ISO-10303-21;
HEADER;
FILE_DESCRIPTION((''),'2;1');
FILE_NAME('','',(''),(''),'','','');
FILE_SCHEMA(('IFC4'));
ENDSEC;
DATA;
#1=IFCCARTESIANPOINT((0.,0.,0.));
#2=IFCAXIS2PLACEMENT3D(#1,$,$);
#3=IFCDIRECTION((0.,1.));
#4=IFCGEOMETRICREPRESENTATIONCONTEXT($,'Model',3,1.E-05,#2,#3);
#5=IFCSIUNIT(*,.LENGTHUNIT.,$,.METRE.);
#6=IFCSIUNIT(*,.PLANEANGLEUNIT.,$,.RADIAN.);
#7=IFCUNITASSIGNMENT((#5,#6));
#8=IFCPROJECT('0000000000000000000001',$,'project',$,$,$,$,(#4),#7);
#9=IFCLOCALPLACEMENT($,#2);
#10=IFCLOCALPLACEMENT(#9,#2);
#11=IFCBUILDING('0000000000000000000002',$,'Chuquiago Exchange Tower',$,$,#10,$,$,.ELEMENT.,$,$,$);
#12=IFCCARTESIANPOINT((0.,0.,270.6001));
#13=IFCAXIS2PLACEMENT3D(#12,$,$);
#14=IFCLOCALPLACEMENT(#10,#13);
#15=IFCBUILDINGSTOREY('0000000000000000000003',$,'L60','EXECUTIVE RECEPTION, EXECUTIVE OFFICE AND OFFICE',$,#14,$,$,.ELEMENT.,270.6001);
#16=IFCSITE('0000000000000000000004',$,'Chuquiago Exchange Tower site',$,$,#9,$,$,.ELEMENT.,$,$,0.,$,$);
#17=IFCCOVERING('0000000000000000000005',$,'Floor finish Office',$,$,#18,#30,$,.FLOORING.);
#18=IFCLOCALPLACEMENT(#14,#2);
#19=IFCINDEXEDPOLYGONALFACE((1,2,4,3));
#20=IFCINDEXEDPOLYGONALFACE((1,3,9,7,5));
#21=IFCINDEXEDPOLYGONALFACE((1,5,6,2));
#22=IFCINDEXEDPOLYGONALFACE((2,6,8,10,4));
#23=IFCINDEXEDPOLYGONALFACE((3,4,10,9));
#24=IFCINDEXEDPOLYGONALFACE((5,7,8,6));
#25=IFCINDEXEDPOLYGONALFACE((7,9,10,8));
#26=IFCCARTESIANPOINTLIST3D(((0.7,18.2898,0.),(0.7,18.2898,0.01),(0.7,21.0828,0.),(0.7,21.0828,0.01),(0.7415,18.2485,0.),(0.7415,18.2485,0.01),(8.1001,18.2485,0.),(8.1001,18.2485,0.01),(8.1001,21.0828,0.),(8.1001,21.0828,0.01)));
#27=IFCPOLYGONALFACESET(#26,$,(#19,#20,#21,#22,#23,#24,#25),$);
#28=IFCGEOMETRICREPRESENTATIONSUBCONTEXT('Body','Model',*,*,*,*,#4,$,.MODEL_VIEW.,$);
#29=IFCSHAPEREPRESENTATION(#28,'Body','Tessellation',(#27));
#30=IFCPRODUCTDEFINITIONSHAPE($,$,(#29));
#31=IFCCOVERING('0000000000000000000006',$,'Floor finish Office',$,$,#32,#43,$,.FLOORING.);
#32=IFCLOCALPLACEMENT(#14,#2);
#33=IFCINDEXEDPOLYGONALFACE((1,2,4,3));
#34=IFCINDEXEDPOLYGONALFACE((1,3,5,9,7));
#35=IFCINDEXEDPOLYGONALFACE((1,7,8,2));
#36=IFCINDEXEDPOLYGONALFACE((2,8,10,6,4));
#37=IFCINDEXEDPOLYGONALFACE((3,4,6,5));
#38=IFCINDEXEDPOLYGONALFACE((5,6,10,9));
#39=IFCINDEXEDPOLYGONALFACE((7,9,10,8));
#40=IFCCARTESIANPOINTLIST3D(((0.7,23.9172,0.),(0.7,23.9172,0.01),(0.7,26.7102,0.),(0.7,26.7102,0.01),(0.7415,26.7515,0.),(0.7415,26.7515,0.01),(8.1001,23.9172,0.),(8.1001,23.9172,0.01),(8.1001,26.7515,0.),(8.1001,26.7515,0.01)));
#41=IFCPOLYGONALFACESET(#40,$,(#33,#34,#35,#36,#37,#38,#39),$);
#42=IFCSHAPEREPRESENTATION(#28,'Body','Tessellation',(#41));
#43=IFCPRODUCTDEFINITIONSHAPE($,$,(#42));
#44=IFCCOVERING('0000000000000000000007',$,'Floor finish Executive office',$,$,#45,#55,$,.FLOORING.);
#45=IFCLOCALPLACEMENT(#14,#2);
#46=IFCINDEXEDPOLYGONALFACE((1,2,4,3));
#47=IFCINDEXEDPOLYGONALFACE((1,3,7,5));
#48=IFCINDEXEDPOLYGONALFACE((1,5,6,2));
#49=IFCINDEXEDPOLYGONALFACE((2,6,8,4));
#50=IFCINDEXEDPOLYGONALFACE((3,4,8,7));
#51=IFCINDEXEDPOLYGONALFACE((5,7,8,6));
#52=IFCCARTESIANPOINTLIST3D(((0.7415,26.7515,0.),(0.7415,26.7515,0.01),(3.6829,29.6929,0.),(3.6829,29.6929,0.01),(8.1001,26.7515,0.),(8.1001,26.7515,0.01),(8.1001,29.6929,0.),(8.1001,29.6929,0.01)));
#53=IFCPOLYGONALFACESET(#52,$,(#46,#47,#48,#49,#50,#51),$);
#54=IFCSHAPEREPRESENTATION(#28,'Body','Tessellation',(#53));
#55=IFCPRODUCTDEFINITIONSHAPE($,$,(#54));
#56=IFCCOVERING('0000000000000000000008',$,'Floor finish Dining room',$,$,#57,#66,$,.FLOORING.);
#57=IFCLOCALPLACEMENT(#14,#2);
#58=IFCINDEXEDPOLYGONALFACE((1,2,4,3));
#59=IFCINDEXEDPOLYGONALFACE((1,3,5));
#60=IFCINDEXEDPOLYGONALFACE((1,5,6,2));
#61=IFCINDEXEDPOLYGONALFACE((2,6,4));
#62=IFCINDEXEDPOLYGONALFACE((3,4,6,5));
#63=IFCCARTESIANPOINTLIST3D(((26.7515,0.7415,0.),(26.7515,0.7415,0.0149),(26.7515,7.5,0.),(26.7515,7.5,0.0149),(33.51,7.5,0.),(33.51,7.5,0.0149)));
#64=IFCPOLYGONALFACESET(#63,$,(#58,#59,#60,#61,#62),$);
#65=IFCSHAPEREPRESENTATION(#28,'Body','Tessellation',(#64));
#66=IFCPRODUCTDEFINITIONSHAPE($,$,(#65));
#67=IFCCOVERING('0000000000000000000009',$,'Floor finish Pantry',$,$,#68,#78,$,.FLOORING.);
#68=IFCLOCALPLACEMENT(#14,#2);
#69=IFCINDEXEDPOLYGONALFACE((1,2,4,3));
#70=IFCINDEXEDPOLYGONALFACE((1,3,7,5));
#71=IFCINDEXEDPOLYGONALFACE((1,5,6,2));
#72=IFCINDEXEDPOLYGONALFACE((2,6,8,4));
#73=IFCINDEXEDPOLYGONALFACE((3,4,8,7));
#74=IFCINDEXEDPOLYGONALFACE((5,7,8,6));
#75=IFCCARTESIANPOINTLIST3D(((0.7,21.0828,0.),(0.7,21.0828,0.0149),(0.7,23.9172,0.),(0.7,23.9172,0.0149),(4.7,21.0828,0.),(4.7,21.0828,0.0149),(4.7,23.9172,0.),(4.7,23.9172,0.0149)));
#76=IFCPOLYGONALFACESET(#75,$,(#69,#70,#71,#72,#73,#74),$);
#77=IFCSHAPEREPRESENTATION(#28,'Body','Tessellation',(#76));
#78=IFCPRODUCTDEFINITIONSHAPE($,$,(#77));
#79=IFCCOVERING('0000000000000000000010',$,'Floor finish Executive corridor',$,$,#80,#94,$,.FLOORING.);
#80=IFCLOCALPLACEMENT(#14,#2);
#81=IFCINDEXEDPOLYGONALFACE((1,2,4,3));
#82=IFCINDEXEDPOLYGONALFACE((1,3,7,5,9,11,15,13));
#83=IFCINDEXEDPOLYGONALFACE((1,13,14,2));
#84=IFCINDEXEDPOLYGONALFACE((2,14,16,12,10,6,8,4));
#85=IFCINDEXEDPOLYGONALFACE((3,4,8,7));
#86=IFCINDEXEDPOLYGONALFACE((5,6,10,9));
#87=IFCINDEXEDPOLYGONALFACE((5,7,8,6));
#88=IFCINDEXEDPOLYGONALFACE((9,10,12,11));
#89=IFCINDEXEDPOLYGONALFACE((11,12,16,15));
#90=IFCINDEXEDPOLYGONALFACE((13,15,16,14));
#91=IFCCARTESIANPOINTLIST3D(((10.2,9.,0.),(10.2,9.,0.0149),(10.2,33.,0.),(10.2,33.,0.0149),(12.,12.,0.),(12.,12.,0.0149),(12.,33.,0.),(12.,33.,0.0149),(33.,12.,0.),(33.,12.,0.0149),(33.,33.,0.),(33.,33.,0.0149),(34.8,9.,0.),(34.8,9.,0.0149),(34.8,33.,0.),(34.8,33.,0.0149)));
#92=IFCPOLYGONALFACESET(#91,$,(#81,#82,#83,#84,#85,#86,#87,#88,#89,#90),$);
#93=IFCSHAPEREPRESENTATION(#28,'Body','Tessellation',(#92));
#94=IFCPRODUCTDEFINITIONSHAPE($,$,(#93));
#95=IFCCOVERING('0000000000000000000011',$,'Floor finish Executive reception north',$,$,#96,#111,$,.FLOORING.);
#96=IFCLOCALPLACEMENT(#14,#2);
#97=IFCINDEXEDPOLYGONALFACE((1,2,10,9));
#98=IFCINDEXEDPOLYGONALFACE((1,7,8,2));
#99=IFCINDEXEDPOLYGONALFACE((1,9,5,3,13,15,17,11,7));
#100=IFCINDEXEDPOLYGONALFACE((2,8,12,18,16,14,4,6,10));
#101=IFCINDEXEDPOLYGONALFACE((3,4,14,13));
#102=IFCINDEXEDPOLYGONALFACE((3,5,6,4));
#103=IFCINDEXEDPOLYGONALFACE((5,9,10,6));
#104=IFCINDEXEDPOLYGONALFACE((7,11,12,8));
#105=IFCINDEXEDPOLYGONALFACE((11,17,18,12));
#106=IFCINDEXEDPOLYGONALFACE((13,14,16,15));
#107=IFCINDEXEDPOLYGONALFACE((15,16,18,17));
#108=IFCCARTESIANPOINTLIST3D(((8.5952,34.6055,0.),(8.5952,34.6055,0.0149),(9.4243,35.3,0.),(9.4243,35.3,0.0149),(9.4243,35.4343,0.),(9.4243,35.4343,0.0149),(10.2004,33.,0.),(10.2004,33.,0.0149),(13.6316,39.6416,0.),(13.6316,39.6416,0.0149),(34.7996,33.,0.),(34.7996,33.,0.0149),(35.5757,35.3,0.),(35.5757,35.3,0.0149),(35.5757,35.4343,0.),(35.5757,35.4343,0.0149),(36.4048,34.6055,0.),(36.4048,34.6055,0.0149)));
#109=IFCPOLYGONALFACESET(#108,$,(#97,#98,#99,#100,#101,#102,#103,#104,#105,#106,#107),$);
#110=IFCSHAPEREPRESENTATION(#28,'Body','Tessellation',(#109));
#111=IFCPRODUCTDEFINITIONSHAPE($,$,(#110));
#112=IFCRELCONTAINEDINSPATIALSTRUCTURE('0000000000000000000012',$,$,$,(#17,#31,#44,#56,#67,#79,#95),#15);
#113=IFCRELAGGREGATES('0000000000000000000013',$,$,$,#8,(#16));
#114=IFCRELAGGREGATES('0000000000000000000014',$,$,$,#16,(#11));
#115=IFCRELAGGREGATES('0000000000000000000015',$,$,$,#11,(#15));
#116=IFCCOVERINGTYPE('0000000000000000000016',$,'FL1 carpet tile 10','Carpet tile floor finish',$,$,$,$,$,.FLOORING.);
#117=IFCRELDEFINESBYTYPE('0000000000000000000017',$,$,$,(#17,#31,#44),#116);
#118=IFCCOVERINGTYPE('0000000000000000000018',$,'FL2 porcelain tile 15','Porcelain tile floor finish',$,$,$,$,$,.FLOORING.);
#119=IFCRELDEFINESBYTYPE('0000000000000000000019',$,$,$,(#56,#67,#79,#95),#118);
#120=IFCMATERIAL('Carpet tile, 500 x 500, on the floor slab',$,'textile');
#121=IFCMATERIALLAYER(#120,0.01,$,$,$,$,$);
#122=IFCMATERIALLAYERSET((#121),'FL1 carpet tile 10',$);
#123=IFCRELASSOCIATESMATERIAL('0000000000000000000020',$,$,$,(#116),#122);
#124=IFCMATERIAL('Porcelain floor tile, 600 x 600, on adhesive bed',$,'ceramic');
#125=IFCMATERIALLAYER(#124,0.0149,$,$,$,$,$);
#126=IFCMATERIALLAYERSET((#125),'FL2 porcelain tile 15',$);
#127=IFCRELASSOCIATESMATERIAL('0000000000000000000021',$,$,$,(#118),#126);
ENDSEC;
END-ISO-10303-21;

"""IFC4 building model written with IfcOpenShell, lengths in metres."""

from ifc_helpers import new_model, si_unit, direction, frame, origin, place, context, subcontext, project, spatial, polyline, outline, extrude, material, layer, layer_set, type_object, element, save


model = new_model("IFC4")

# Units and contexts
model_context = context("Model", 3, precision=1e-05, world=origin(), true_north=direction((0.0, 1.0)))
body_context = subcontext(model_context, "Body", "Model", "MODEL_VIEW")
ifc_project = project(units=[si_unit("LENGTHUNIT", "METRE"), si_unit("PLANEANGLEUNIT", "RADIAN")], contexts=[model_context])

# Site, building, storey
site_placement = place(None, origin())
site = spatial("IfcSite", under=ifc_project, at=site_placement, Name="Chuquiago Exchange Tower site", CompositionType="ELEMENT", RefElevation=0.0)
building_placement = place(site_placement, origin())
building = spatial("IfcBuilding", under=site, at=building_placement, Name="Chuquiago Exchange Tower", CompositionType="ELEMENT")
storey_placement = place(building_placement, frame((0.0, 0.0, 270.6001)))
storey = spatial("IfcBuildingStorey", under=building, at=storey_placement, Name="L60", Description="EXECUTIVE RECEPTION, EXECUTIVE OFFICE AND OFFICE", CompositionType="ELEMENT", Elevation=270.6001)

# Coverings
ifc_material_1 = material(Name="Carpet tile, 500 x 500, on the floor slab", Category="textile")
ifc_layer_1 = layer(ifc_material_1, 0.01)
ifc_layer_set_1 = layer_set([ifc_layer_1], Name="FL1 carpet tile 10")
covering_type_1 = type_object("IfcCoveringType", Name="FL1 carpet tile 10", Description="Carpet tile floor finish", PredefinedType="FLOORING", material=ifc_layer_set_1)
covering_1_placement = place(storey_placement, origin())
element("IfcCovering", 1, at=covering_1_placement, inside=storey, type_object=covering_type_1, Name="Floor finish Office", PredefinedType="FLOORING", context=body_context, shape_type="SweptSolid", body=[
    extrude(outline(polyline([(0.7, 21.0828), (8.1001, 21.0828), (8.1001, 18.2485), (0.7415, 18.2485), (0.7, 18.2898), (0.7, 21.0828)])), origin(), (0.0, 0.0, 1.0), 0.01),
])
covering_2_placement = place(storey_placement, origin())
element("IfcCovering", 2, at=covering_2_placement, inside=storey, type_object=covering_type_1, Name="Floor finish Office", PredefinedType="FLOORING", context=body_context, shape_type="SweptSolid", body=[
    extrude(outline(polyline([(0.7, 26.7102), (0.7415, 26.7515), (8.1001, 26.7515), (8.1001, 23.9172), (0.7, 23.9172), (0.7, 26.7102)])), origin(), (0.0, 0.0, 1.0), 0.01),
])
covering_3_placement = place(storey_placement, origin())
element("IfcCovering", 3, at=covering_3_placement, inside=storey, type_object=covering_type_1, Name="Floor finish Executive office", PredefinedType="FLOORING", context=body_context, shape_type="SweptSolid", body=[
    extrude(outline(polyline([(3.6829, 29.6929), (8.1001, 29.6929), (8.1001, 26.7515), (0.7415, 26.7515), (3.6829, 29.6929)])), origin(), (0.0, 0.0, 1.0), 0.01),
])
ifc_material_2 = material(Name="Porcelain floor tile, 600 x 600, on adhesive bed", Category="ceramic")
ifc_layer_2 = layer(ifc_material_2, 0.0149)
ifc_layer_set_2 = layer_set([ifc_layer_2], Name="FL2 porcelain tile 15")
covering_type_2 = type_object("IfcCoveringType", Name="FL2 porcelain tile 15", Description="Porcelain tile floor finish", PredefinedType="FLOORING", material=ifc_layer_set_2)
covering_4_placement = place(storey_placement, origin())
element("IfcCovering", 4, at=covering_4_placement, inside=storey, type_object=covering_type_2, Name="Floor finish Dining room", PredefinedType="FLOORING", context=body_context, shape_type="SweptSolid", body=[
    extrude(outline(polyline([(26.7515, 0.7415), (26.7515, 7.5), (33.51, 7.5), (26.7515, 0.7415)])), origin(), (0.0, 0.0, 1.0), 0.0149),
])
covering_5_placement = place(storey_placement, origin())
element("IfcCovering", 5, at=covering_5_placement, inside=storey, type_object=covering_type_2, Name="Floor finish Pantry", PredefinedType="FLOORING", context=body_context, shape_type="SweptSolid", body=[
    extrude(outline(polyline([(0.7, 23.9172), (4.7, 23.9172), (4.7, 21.0828), (0.7, 21.0828), (0.7, 23.9172)])), origin(), (0.0, 0.0, 1.0), 0.0149),
])
covering_6_placement = place(storey_placement, origin())
element("IfcCovering", 6, at=covering_6_placement, inside=storey, type_object=covering_type_2, Name="Floor finish Executive corridor", PredefinedType="FLOORING", context=body_context, shape_type="SweptSolid", body=[
    extrude(outline(polyline([(12.0, 12.0), (33.0, 12.0), (33.0, 33.0), (34.8, 33.0), (34.8, 9.0), (10.2, 9.0), (10.2, 33.0), (12.0, 33.0), (12.0, 12.0)])), origin(), (0.0, 0.0, 1.0), 0.0149),
])
covering_7_placement = place(storey_placement, origin())
element("IfcCovering", 7, at=covering_7_placement, inside=storey, type_object=covering_type_2, Name="Floor finish Executive reception north", PredefinedType="FLOORING", context=body_context, shape_type="SweptSolid", body=[
    extrude(outline(polyline([(9.4243, 35.3), (35.5757, 35.3), (35.5757, 35.4343), (36.4048, 34.6055), (34.7996, 33.0), (10.2004, 33.0), (8.5952, 34.6055), (13.6316, 39.6416), (9.4243, 35.4343), (9.4243, 35.3)])), origin(), (0.0, 0.0, 1.0), 0.0149),
])

save(model, "model.ifc")
